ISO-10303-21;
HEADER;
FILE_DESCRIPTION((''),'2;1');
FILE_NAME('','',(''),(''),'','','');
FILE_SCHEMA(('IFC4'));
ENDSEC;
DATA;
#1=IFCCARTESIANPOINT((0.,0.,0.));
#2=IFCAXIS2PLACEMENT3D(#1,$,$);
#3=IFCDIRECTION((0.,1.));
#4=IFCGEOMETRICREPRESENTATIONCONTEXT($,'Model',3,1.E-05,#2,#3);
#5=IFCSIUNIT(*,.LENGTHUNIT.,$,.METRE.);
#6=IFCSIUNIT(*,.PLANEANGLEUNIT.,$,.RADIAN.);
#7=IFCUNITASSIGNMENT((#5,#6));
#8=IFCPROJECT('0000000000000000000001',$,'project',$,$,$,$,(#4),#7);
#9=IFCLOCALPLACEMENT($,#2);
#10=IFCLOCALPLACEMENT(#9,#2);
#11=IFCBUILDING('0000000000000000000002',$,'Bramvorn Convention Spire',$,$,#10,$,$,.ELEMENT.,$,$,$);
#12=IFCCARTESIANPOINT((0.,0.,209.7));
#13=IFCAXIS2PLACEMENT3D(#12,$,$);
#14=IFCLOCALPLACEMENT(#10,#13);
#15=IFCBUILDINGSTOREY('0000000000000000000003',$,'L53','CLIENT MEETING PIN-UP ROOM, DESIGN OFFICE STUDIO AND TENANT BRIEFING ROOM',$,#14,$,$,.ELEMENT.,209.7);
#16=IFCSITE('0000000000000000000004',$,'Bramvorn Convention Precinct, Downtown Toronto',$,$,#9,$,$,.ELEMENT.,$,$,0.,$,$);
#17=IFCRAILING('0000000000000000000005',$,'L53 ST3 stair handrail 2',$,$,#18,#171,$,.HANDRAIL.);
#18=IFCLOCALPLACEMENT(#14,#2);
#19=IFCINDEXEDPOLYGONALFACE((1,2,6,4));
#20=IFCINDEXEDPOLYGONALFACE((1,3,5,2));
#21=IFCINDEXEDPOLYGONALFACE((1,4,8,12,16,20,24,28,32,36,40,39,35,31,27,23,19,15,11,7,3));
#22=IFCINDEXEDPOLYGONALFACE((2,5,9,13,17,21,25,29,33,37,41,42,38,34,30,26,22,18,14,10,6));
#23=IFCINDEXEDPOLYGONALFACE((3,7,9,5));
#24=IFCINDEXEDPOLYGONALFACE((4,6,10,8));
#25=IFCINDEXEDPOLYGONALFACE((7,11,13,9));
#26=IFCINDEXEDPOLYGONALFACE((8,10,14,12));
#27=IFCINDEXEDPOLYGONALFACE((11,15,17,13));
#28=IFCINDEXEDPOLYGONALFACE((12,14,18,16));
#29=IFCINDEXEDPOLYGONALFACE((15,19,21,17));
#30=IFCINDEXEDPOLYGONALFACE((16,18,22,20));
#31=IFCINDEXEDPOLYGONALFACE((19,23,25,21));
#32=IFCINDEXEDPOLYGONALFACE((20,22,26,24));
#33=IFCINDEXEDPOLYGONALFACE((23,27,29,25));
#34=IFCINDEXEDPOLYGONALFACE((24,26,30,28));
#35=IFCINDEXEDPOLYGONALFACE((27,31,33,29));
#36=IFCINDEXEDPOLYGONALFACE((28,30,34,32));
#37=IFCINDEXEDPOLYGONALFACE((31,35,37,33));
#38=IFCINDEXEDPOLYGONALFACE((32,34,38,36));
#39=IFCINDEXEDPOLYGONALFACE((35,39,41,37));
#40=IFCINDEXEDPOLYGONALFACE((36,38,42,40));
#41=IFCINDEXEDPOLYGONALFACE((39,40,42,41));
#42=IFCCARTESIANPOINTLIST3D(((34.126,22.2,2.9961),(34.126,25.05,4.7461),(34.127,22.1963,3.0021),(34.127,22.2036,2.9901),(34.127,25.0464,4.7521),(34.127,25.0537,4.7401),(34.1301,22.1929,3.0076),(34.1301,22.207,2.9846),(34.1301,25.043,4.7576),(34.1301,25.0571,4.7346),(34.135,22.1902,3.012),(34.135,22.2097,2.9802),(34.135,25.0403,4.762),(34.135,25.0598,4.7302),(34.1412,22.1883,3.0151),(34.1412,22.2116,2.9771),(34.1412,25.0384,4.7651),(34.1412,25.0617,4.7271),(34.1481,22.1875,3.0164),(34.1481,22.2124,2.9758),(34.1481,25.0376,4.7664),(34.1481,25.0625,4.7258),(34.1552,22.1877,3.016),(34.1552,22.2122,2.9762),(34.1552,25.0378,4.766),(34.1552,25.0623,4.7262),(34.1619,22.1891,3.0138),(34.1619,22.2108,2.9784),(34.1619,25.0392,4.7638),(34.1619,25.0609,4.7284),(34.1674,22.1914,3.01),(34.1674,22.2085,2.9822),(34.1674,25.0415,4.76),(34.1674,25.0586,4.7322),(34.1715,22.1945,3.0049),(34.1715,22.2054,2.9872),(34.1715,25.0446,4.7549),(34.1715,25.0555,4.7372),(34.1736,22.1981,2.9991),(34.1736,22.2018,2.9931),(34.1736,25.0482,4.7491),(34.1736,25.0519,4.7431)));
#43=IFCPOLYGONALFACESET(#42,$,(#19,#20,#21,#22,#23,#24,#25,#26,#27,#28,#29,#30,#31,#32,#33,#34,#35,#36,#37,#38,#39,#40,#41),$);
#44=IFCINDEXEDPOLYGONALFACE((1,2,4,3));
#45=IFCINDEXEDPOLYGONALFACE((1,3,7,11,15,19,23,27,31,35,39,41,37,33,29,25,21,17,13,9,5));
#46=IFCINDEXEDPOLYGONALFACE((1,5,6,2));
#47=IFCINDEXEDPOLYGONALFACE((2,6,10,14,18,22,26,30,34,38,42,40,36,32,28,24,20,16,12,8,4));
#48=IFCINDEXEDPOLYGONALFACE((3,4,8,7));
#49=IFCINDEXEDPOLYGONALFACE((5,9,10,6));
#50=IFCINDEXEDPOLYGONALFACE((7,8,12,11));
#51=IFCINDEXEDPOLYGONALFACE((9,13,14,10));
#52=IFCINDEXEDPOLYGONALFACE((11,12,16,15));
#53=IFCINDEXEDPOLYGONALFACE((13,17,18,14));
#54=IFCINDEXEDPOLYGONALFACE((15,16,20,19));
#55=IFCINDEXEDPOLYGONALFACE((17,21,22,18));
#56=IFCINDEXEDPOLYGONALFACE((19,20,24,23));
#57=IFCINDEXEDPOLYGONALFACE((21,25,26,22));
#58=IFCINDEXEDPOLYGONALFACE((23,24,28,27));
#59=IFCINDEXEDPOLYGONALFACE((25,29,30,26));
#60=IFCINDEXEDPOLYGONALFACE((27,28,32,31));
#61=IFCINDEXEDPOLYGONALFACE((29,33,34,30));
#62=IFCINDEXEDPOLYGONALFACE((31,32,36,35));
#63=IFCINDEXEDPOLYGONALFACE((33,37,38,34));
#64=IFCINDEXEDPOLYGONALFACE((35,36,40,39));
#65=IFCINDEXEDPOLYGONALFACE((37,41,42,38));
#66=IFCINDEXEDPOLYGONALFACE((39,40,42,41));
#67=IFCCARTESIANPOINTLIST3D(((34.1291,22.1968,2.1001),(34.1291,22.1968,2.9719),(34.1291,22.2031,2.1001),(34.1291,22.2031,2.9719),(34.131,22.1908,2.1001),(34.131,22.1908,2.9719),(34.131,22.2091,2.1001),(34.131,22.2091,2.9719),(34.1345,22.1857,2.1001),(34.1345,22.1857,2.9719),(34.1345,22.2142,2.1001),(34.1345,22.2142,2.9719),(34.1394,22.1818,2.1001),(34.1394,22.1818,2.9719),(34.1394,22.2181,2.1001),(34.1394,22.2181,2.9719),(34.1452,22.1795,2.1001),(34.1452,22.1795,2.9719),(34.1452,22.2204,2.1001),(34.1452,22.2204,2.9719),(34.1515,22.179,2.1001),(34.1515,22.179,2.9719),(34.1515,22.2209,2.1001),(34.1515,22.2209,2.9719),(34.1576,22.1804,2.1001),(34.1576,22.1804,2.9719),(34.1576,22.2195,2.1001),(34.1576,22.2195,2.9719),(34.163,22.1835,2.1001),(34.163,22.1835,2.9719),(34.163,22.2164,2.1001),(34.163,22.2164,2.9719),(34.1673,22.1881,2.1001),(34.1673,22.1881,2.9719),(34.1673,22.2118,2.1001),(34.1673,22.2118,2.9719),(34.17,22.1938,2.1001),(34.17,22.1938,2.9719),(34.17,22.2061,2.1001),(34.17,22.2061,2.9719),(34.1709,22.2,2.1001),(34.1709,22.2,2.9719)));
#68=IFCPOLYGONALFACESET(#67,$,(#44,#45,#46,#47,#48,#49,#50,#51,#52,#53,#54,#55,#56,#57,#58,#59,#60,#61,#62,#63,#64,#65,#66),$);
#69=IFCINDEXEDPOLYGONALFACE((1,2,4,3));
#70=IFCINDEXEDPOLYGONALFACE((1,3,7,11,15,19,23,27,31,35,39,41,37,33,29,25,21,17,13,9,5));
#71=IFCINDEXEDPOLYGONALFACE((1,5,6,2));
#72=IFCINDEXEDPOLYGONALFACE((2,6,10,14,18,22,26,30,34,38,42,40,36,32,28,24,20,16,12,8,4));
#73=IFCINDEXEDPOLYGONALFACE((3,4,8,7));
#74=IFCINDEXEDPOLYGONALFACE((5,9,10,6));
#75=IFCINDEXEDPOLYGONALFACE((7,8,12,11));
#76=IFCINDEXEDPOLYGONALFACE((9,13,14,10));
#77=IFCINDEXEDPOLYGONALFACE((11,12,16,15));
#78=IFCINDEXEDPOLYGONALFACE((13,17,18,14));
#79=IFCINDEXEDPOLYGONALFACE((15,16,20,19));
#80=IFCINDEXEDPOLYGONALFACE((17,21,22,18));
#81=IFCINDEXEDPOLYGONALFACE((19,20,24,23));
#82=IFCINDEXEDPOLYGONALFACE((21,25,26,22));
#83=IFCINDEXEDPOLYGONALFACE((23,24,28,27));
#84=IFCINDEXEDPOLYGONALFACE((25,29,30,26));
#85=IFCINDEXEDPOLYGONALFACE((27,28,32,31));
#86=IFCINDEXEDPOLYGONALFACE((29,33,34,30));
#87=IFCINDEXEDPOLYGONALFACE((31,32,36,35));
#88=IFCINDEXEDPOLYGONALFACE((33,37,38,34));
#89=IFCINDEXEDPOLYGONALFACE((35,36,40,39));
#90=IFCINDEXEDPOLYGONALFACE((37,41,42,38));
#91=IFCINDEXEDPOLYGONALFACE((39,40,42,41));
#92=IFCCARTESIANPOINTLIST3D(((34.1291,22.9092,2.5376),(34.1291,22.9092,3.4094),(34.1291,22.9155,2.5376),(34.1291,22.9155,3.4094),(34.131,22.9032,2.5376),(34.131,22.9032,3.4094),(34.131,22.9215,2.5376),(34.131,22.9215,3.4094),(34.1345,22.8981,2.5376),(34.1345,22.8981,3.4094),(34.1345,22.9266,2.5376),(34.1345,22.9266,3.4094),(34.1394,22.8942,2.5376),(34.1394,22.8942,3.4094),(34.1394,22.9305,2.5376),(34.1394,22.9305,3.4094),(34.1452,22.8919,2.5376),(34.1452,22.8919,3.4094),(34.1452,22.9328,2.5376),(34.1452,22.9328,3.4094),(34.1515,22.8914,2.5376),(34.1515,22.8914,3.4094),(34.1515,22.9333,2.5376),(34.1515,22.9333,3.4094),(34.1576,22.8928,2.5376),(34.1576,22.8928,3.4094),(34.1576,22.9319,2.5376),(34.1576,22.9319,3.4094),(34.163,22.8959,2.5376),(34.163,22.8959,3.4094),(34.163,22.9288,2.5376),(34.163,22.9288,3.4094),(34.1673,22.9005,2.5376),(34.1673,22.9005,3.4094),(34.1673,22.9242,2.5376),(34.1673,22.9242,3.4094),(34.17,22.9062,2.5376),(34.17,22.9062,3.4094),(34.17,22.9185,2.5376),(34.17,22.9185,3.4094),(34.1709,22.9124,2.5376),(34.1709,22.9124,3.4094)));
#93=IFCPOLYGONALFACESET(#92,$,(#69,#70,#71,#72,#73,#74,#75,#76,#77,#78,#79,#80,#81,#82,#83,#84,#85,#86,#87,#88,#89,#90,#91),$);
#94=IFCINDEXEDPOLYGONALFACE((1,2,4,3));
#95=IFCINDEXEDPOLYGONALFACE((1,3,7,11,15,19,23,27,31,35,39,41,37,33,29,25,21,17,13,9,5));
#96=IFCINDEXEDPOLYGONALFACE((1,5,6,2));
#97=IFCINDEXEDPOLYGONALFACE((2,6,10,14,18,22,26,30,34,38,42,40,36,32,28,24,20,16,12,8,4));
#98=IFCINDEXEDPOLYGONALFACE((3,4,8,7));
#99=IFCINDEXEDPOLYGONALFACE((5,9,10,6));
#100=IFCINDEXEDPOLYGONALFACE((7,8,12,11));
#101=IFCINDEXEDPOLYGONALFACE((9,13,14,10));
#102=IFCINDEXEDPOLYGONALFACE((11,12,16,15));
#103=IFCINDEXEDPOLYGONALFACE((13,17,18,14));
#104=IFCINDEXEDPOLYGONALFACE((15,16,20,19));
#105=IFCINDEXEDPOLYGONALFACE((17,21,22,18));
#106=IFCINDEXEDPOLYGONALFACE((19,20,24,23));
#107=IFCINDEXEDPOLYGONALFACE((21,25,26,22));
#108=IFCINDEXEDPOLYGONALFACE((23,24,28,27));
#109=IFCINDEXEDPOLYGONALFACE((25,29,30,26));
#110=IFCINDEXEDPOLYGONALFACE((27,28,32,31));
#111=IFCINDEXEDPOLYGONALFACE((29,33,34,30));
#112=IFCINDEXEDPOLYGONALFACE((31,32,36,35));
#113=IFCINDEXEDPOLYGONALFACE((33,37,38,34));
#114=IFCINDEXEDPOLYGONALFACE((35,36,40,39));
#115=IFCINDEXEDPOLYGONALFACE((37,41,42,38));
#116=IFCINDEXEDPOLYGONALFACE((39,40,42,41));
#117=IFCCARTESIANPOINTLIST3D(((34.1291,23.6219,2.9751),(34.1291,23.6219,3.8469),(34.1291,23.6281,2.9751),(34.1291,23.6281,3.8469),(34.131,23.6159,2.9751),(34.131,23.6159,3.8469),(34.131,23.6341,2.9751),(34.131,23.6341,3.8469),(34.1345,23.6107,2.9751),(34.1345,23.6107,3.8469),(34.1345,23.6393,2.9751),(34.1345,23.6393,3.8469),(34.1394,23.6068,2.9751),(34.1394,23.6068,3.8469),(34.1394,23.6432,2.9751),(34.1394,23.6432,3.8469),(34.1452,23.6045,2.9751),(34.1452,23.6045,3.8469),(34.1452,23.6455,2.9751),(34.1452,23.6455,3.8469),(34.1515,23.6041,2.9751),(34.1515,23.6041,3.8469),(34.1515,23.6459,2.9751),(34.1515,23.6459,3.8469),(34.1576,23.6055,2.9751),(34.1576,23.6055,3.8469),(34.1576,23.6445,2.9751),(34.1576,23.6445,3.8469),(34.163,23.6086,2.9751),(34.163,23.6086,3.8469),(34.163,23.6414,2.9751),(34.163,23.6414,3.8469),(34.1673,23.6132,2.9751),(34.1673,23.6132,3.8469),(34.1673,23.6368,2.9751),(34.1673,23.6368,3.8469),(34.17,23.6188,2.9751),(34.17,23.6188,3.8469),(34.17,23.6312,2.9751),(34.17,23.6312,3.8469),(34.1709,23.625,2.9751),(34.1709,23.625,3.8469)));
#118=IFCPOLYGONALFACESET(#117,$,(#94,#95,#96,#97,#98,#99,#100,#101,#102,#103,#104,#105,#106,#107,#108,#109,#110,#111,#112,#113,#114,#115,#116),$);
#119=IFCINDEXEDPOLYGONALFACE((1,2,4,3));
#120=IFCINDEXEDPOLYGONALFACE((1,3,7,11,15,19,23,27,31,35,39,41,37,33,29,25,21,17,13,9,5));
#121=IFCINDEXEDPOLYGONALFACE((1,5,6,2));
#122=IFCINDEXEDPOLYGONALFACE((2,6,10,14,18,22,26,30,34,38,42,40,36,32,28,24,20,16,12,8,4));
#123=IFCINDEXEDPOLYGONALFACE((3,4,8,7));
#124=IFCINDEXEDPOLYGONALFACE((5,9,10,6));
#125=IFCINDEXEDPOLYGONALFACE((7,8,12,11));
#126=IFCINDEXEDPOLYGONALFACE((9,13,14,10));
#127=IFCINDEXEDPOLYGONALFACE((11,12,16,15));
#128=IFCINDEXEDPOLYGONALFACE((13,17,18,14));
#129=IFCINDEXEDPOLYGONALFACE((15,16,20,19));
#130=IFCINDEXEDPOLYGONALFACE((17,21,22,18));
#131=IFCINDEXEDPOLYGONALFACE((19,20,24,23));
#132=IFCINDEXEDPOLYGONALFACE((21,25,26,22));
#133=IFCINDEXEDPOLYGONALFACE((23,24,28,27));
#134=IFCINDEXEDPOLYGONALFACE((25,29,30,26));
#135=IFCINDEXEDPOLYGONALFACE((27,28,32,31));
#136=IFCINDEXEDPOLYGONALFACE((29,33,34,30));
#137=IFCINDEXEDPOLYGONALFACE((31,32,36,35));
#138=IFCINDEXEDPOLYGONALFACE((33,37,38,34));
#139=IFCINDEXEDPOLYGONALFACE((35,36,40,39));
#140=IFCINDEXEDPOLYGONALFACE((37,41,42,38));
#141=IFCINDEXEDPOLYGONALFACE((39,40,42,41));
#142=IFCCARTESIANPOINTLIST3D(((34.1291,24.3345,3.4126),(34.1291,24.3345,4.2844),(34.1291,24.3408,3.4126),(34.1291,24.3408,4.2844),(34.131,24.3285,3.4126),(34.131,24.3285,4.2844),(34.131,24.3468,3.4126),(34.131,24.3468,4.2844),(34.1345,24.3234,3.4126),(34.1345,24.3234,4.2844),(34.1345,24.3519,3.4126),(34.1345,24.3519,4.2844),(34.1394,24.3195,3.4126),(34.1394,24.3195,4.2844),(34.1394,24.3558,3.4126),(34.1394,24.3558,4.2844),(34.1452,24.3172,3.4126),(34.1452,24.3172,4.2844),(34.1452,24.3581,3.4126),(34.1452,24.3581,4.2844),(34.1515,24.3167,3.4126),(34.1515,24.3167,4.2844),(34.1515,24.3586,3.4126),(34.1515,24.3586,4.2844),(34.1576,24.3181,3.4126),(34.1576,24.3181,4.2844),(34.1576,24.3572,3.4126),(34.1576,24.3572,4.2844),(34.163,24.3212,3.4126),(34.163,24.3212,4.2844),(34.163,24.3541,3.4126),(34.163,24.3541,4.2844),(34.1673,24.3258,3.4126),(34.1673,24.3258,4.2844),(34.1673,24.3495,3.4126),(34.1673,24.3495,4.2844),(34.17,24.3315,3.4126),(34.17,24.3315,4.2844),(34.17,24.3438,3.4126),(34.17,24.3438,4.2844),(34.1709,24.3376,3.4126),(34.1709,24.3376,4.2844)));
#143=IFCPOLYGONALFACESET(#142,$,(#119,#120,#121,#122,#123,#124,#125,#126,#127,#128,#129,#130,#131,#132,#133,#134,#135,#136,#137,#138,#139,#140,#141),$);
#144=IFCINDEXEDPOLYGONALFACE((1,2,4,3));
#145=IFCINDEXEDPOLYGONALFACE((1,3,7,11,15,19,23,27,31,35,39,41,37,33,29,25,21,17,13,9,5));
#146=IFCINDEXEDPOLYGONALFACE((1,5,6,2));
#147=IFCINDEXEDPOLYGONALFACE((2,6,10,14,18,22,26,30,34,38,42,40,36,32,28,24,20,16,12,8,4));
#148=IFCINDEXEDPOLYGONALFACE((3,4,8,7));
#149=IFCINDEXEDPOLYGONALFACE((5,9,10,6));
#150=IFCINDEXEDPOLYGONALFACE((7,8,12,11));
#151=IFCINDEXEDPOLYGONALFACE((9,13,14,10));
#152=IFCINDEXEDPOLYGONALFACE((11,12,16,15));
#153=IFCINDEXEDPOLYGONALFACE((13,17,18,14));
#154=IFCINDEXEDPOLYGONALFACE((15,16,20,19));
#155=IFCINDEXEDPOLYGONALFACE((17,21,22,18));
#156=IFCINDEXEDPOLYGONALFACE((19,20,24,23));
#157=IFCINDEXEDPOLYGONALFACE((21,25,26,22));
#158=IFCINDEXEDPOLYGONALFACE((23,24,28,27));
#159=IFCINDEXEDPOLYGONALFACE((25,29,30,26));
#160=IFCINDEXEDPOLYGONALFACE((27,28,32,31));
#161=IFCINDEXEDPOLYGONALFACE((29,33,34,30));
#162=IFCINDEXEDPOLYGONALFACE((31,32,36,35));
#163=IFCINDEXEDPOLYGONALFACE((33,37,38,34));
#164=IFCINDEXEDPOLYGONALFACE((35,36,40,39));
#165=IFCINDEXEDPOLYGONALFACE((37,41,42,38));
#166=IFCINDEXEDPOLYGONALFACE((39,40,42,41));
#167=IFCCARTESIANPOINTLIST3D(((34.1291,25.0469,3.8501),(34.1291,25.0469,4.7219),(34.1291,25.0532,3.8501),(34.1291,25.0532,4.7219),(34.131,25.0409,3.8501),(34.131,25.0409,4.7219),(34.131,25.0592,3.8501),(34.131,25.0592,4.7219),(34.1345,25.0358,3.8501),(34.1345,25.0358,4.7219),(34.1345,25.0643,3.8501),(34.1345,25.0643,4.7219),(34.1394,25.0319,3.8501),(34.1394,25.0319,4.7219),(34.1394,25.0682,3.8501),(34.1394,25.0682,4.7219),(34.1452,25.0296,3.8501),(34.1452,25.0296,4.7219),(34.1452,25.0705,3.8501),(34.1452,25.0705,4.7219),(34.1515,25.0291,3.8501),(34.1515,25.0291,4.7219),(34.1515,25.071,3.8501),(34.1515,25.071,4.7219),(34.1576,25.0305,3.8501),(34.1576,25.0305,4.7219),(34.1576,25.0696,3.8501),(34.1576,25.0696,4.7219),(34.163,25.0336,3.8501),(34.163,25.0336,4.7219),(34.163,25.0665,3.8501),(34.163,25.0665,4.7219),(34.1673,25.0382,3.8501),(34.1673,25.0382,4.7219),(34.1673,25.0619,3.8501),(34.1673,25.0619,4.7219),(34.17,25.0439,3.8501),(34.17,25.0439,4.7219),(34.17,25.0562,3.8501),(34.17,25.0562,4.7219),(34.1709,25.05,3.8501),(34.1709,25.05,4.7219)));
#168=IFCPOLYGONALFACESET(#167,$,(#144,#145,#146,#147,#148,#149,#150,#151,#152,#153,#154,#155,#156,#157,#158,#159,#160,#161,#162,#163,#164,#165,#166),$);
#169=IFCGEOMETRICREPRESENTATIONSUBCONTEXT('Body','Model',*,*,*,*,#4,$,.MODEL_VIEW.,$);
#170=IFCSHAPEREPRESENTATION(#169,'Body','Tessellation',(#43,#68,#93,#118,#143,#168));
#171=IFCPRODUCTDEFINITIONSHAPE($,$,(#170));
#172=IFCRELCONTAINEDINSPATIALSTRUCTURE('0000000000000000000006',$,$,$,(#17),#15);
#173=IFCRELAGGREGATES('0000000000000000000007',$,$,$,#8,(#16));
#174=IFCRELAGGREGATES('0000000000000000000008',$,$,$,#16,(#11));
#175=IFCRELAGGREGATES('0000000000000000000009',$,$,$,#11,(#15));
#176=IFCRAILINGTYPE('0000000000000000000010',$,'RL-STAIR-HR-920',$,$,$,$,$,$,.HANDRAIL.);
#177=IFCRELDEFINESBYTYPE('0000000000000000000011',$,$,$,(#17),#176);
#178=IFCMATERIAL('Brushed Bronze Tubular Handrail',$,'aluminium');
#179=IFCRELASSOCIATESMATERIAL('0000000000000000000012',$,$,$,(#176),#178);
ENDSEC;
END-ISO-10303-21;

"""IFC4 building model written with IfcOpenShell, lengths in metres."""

from ifc_helpers import new_model, si_unit, direction, frame, origin, origin_2d, place, context, subcontext, project, spatial, circle, extrude, material, type_object, element, save


model = new_model("IFC4")

# Units and contexts
model_context = context("Model", 3, precision=1e-05, world=origin(), true_north=direction((0.0, 1.0)))
body_context = subcontext(model_context, "Body", "Model", "MODEL_VIEW")
ifc_project = project(units=[si_unit("LENGTHUNIT", "METRE"), si_unit("PLANEANGLEUNIT", "RADIAN")], contexts=[model_context])

# Site, building, storey
site_placement = place(None, origin())
site = spatial("IfcSite", under=ifc_project, at=site_placement, Name="Bramvorn Convention Precinct, Downtown Toronto", CompositionType="ELEMENT", RefElevation=0.0)
building_placement = place(site_placement, origin())
building = spatial("IfcBuilding", under=site, at=building_placement, Name="Bramvorn Convention Spire", CompositionType="ELEMENT")
storey_placement = place(building_placement, frame((0.0, 0.0, 209.7)))
storey = spatial("IfcBuildingStorey", under=building, at=storey_placement, Name="L53", Description="CLIENT MEETING PIN-UP ROOM, DESIGN OFFICE STUDIO AND TENANT BRIEFING ROOM", CompositionType="ELEMENT", Elevation=209.7)

# Railing
ifc_material_1 = material(Name="Brushed Bronze Tubular Handrail", Category="aluminium")
railing_type_1 = type_object("IfcRailingType", Name="RL-STAIR-HR-920", PredefinedType="HANDRAIL", material=ifc_material_1)
railing_1_placement = place(storey_placement, frame((34.1499, 22.2, 2.1001)))
element("IfcRailing", 1, at=railing_1_placement, inside=storey, type_object=railing_type_1, Name="L53 ST3 stair handrail 2", PredefinedType="HANDRAIL", context=body_context, shape_type="SweptSolid", body=[
    extrude(circle(Radius=0.0239, at=origin_2d()), frame((0.0, 0.0, 0.896), z_axis=(0.0, 0.852179, 0.52325), x_axis=(-1.0, 0.0, 0.0)), (0.0, 0.0, 1.0), 3.3445),
    extrude(circle(Radius=0.021, at=origin_2d()), origin(), (0.0, 0.0, 1.0), 0.8718),
    extrude(circle(Radius=0.021, at=origin_2d()), frame((0.0, 0.7124, 0.4375)), (0.0, 0.0, 1.0), 0.8718),
    extrude(circle(Radius=0.021, at=origin_2d()), frame((0.0, 1.425, 0.875)), (0.0, 0.0, 1.0), 0.8718),
    extrude(circle(Radius=0.021, at=origin_2d()), frame((0.0, 2.1377, 1.3125)), (0.0, 0.0, 1.0), 0.8718),
    extrude(circle(Radius=0.021, at=origin_2d()), frame((0.0, 2.8501, 1.75)), (0.0, 0.0, 1.0), 0.8718),
])

save(model, "model.ifc")
